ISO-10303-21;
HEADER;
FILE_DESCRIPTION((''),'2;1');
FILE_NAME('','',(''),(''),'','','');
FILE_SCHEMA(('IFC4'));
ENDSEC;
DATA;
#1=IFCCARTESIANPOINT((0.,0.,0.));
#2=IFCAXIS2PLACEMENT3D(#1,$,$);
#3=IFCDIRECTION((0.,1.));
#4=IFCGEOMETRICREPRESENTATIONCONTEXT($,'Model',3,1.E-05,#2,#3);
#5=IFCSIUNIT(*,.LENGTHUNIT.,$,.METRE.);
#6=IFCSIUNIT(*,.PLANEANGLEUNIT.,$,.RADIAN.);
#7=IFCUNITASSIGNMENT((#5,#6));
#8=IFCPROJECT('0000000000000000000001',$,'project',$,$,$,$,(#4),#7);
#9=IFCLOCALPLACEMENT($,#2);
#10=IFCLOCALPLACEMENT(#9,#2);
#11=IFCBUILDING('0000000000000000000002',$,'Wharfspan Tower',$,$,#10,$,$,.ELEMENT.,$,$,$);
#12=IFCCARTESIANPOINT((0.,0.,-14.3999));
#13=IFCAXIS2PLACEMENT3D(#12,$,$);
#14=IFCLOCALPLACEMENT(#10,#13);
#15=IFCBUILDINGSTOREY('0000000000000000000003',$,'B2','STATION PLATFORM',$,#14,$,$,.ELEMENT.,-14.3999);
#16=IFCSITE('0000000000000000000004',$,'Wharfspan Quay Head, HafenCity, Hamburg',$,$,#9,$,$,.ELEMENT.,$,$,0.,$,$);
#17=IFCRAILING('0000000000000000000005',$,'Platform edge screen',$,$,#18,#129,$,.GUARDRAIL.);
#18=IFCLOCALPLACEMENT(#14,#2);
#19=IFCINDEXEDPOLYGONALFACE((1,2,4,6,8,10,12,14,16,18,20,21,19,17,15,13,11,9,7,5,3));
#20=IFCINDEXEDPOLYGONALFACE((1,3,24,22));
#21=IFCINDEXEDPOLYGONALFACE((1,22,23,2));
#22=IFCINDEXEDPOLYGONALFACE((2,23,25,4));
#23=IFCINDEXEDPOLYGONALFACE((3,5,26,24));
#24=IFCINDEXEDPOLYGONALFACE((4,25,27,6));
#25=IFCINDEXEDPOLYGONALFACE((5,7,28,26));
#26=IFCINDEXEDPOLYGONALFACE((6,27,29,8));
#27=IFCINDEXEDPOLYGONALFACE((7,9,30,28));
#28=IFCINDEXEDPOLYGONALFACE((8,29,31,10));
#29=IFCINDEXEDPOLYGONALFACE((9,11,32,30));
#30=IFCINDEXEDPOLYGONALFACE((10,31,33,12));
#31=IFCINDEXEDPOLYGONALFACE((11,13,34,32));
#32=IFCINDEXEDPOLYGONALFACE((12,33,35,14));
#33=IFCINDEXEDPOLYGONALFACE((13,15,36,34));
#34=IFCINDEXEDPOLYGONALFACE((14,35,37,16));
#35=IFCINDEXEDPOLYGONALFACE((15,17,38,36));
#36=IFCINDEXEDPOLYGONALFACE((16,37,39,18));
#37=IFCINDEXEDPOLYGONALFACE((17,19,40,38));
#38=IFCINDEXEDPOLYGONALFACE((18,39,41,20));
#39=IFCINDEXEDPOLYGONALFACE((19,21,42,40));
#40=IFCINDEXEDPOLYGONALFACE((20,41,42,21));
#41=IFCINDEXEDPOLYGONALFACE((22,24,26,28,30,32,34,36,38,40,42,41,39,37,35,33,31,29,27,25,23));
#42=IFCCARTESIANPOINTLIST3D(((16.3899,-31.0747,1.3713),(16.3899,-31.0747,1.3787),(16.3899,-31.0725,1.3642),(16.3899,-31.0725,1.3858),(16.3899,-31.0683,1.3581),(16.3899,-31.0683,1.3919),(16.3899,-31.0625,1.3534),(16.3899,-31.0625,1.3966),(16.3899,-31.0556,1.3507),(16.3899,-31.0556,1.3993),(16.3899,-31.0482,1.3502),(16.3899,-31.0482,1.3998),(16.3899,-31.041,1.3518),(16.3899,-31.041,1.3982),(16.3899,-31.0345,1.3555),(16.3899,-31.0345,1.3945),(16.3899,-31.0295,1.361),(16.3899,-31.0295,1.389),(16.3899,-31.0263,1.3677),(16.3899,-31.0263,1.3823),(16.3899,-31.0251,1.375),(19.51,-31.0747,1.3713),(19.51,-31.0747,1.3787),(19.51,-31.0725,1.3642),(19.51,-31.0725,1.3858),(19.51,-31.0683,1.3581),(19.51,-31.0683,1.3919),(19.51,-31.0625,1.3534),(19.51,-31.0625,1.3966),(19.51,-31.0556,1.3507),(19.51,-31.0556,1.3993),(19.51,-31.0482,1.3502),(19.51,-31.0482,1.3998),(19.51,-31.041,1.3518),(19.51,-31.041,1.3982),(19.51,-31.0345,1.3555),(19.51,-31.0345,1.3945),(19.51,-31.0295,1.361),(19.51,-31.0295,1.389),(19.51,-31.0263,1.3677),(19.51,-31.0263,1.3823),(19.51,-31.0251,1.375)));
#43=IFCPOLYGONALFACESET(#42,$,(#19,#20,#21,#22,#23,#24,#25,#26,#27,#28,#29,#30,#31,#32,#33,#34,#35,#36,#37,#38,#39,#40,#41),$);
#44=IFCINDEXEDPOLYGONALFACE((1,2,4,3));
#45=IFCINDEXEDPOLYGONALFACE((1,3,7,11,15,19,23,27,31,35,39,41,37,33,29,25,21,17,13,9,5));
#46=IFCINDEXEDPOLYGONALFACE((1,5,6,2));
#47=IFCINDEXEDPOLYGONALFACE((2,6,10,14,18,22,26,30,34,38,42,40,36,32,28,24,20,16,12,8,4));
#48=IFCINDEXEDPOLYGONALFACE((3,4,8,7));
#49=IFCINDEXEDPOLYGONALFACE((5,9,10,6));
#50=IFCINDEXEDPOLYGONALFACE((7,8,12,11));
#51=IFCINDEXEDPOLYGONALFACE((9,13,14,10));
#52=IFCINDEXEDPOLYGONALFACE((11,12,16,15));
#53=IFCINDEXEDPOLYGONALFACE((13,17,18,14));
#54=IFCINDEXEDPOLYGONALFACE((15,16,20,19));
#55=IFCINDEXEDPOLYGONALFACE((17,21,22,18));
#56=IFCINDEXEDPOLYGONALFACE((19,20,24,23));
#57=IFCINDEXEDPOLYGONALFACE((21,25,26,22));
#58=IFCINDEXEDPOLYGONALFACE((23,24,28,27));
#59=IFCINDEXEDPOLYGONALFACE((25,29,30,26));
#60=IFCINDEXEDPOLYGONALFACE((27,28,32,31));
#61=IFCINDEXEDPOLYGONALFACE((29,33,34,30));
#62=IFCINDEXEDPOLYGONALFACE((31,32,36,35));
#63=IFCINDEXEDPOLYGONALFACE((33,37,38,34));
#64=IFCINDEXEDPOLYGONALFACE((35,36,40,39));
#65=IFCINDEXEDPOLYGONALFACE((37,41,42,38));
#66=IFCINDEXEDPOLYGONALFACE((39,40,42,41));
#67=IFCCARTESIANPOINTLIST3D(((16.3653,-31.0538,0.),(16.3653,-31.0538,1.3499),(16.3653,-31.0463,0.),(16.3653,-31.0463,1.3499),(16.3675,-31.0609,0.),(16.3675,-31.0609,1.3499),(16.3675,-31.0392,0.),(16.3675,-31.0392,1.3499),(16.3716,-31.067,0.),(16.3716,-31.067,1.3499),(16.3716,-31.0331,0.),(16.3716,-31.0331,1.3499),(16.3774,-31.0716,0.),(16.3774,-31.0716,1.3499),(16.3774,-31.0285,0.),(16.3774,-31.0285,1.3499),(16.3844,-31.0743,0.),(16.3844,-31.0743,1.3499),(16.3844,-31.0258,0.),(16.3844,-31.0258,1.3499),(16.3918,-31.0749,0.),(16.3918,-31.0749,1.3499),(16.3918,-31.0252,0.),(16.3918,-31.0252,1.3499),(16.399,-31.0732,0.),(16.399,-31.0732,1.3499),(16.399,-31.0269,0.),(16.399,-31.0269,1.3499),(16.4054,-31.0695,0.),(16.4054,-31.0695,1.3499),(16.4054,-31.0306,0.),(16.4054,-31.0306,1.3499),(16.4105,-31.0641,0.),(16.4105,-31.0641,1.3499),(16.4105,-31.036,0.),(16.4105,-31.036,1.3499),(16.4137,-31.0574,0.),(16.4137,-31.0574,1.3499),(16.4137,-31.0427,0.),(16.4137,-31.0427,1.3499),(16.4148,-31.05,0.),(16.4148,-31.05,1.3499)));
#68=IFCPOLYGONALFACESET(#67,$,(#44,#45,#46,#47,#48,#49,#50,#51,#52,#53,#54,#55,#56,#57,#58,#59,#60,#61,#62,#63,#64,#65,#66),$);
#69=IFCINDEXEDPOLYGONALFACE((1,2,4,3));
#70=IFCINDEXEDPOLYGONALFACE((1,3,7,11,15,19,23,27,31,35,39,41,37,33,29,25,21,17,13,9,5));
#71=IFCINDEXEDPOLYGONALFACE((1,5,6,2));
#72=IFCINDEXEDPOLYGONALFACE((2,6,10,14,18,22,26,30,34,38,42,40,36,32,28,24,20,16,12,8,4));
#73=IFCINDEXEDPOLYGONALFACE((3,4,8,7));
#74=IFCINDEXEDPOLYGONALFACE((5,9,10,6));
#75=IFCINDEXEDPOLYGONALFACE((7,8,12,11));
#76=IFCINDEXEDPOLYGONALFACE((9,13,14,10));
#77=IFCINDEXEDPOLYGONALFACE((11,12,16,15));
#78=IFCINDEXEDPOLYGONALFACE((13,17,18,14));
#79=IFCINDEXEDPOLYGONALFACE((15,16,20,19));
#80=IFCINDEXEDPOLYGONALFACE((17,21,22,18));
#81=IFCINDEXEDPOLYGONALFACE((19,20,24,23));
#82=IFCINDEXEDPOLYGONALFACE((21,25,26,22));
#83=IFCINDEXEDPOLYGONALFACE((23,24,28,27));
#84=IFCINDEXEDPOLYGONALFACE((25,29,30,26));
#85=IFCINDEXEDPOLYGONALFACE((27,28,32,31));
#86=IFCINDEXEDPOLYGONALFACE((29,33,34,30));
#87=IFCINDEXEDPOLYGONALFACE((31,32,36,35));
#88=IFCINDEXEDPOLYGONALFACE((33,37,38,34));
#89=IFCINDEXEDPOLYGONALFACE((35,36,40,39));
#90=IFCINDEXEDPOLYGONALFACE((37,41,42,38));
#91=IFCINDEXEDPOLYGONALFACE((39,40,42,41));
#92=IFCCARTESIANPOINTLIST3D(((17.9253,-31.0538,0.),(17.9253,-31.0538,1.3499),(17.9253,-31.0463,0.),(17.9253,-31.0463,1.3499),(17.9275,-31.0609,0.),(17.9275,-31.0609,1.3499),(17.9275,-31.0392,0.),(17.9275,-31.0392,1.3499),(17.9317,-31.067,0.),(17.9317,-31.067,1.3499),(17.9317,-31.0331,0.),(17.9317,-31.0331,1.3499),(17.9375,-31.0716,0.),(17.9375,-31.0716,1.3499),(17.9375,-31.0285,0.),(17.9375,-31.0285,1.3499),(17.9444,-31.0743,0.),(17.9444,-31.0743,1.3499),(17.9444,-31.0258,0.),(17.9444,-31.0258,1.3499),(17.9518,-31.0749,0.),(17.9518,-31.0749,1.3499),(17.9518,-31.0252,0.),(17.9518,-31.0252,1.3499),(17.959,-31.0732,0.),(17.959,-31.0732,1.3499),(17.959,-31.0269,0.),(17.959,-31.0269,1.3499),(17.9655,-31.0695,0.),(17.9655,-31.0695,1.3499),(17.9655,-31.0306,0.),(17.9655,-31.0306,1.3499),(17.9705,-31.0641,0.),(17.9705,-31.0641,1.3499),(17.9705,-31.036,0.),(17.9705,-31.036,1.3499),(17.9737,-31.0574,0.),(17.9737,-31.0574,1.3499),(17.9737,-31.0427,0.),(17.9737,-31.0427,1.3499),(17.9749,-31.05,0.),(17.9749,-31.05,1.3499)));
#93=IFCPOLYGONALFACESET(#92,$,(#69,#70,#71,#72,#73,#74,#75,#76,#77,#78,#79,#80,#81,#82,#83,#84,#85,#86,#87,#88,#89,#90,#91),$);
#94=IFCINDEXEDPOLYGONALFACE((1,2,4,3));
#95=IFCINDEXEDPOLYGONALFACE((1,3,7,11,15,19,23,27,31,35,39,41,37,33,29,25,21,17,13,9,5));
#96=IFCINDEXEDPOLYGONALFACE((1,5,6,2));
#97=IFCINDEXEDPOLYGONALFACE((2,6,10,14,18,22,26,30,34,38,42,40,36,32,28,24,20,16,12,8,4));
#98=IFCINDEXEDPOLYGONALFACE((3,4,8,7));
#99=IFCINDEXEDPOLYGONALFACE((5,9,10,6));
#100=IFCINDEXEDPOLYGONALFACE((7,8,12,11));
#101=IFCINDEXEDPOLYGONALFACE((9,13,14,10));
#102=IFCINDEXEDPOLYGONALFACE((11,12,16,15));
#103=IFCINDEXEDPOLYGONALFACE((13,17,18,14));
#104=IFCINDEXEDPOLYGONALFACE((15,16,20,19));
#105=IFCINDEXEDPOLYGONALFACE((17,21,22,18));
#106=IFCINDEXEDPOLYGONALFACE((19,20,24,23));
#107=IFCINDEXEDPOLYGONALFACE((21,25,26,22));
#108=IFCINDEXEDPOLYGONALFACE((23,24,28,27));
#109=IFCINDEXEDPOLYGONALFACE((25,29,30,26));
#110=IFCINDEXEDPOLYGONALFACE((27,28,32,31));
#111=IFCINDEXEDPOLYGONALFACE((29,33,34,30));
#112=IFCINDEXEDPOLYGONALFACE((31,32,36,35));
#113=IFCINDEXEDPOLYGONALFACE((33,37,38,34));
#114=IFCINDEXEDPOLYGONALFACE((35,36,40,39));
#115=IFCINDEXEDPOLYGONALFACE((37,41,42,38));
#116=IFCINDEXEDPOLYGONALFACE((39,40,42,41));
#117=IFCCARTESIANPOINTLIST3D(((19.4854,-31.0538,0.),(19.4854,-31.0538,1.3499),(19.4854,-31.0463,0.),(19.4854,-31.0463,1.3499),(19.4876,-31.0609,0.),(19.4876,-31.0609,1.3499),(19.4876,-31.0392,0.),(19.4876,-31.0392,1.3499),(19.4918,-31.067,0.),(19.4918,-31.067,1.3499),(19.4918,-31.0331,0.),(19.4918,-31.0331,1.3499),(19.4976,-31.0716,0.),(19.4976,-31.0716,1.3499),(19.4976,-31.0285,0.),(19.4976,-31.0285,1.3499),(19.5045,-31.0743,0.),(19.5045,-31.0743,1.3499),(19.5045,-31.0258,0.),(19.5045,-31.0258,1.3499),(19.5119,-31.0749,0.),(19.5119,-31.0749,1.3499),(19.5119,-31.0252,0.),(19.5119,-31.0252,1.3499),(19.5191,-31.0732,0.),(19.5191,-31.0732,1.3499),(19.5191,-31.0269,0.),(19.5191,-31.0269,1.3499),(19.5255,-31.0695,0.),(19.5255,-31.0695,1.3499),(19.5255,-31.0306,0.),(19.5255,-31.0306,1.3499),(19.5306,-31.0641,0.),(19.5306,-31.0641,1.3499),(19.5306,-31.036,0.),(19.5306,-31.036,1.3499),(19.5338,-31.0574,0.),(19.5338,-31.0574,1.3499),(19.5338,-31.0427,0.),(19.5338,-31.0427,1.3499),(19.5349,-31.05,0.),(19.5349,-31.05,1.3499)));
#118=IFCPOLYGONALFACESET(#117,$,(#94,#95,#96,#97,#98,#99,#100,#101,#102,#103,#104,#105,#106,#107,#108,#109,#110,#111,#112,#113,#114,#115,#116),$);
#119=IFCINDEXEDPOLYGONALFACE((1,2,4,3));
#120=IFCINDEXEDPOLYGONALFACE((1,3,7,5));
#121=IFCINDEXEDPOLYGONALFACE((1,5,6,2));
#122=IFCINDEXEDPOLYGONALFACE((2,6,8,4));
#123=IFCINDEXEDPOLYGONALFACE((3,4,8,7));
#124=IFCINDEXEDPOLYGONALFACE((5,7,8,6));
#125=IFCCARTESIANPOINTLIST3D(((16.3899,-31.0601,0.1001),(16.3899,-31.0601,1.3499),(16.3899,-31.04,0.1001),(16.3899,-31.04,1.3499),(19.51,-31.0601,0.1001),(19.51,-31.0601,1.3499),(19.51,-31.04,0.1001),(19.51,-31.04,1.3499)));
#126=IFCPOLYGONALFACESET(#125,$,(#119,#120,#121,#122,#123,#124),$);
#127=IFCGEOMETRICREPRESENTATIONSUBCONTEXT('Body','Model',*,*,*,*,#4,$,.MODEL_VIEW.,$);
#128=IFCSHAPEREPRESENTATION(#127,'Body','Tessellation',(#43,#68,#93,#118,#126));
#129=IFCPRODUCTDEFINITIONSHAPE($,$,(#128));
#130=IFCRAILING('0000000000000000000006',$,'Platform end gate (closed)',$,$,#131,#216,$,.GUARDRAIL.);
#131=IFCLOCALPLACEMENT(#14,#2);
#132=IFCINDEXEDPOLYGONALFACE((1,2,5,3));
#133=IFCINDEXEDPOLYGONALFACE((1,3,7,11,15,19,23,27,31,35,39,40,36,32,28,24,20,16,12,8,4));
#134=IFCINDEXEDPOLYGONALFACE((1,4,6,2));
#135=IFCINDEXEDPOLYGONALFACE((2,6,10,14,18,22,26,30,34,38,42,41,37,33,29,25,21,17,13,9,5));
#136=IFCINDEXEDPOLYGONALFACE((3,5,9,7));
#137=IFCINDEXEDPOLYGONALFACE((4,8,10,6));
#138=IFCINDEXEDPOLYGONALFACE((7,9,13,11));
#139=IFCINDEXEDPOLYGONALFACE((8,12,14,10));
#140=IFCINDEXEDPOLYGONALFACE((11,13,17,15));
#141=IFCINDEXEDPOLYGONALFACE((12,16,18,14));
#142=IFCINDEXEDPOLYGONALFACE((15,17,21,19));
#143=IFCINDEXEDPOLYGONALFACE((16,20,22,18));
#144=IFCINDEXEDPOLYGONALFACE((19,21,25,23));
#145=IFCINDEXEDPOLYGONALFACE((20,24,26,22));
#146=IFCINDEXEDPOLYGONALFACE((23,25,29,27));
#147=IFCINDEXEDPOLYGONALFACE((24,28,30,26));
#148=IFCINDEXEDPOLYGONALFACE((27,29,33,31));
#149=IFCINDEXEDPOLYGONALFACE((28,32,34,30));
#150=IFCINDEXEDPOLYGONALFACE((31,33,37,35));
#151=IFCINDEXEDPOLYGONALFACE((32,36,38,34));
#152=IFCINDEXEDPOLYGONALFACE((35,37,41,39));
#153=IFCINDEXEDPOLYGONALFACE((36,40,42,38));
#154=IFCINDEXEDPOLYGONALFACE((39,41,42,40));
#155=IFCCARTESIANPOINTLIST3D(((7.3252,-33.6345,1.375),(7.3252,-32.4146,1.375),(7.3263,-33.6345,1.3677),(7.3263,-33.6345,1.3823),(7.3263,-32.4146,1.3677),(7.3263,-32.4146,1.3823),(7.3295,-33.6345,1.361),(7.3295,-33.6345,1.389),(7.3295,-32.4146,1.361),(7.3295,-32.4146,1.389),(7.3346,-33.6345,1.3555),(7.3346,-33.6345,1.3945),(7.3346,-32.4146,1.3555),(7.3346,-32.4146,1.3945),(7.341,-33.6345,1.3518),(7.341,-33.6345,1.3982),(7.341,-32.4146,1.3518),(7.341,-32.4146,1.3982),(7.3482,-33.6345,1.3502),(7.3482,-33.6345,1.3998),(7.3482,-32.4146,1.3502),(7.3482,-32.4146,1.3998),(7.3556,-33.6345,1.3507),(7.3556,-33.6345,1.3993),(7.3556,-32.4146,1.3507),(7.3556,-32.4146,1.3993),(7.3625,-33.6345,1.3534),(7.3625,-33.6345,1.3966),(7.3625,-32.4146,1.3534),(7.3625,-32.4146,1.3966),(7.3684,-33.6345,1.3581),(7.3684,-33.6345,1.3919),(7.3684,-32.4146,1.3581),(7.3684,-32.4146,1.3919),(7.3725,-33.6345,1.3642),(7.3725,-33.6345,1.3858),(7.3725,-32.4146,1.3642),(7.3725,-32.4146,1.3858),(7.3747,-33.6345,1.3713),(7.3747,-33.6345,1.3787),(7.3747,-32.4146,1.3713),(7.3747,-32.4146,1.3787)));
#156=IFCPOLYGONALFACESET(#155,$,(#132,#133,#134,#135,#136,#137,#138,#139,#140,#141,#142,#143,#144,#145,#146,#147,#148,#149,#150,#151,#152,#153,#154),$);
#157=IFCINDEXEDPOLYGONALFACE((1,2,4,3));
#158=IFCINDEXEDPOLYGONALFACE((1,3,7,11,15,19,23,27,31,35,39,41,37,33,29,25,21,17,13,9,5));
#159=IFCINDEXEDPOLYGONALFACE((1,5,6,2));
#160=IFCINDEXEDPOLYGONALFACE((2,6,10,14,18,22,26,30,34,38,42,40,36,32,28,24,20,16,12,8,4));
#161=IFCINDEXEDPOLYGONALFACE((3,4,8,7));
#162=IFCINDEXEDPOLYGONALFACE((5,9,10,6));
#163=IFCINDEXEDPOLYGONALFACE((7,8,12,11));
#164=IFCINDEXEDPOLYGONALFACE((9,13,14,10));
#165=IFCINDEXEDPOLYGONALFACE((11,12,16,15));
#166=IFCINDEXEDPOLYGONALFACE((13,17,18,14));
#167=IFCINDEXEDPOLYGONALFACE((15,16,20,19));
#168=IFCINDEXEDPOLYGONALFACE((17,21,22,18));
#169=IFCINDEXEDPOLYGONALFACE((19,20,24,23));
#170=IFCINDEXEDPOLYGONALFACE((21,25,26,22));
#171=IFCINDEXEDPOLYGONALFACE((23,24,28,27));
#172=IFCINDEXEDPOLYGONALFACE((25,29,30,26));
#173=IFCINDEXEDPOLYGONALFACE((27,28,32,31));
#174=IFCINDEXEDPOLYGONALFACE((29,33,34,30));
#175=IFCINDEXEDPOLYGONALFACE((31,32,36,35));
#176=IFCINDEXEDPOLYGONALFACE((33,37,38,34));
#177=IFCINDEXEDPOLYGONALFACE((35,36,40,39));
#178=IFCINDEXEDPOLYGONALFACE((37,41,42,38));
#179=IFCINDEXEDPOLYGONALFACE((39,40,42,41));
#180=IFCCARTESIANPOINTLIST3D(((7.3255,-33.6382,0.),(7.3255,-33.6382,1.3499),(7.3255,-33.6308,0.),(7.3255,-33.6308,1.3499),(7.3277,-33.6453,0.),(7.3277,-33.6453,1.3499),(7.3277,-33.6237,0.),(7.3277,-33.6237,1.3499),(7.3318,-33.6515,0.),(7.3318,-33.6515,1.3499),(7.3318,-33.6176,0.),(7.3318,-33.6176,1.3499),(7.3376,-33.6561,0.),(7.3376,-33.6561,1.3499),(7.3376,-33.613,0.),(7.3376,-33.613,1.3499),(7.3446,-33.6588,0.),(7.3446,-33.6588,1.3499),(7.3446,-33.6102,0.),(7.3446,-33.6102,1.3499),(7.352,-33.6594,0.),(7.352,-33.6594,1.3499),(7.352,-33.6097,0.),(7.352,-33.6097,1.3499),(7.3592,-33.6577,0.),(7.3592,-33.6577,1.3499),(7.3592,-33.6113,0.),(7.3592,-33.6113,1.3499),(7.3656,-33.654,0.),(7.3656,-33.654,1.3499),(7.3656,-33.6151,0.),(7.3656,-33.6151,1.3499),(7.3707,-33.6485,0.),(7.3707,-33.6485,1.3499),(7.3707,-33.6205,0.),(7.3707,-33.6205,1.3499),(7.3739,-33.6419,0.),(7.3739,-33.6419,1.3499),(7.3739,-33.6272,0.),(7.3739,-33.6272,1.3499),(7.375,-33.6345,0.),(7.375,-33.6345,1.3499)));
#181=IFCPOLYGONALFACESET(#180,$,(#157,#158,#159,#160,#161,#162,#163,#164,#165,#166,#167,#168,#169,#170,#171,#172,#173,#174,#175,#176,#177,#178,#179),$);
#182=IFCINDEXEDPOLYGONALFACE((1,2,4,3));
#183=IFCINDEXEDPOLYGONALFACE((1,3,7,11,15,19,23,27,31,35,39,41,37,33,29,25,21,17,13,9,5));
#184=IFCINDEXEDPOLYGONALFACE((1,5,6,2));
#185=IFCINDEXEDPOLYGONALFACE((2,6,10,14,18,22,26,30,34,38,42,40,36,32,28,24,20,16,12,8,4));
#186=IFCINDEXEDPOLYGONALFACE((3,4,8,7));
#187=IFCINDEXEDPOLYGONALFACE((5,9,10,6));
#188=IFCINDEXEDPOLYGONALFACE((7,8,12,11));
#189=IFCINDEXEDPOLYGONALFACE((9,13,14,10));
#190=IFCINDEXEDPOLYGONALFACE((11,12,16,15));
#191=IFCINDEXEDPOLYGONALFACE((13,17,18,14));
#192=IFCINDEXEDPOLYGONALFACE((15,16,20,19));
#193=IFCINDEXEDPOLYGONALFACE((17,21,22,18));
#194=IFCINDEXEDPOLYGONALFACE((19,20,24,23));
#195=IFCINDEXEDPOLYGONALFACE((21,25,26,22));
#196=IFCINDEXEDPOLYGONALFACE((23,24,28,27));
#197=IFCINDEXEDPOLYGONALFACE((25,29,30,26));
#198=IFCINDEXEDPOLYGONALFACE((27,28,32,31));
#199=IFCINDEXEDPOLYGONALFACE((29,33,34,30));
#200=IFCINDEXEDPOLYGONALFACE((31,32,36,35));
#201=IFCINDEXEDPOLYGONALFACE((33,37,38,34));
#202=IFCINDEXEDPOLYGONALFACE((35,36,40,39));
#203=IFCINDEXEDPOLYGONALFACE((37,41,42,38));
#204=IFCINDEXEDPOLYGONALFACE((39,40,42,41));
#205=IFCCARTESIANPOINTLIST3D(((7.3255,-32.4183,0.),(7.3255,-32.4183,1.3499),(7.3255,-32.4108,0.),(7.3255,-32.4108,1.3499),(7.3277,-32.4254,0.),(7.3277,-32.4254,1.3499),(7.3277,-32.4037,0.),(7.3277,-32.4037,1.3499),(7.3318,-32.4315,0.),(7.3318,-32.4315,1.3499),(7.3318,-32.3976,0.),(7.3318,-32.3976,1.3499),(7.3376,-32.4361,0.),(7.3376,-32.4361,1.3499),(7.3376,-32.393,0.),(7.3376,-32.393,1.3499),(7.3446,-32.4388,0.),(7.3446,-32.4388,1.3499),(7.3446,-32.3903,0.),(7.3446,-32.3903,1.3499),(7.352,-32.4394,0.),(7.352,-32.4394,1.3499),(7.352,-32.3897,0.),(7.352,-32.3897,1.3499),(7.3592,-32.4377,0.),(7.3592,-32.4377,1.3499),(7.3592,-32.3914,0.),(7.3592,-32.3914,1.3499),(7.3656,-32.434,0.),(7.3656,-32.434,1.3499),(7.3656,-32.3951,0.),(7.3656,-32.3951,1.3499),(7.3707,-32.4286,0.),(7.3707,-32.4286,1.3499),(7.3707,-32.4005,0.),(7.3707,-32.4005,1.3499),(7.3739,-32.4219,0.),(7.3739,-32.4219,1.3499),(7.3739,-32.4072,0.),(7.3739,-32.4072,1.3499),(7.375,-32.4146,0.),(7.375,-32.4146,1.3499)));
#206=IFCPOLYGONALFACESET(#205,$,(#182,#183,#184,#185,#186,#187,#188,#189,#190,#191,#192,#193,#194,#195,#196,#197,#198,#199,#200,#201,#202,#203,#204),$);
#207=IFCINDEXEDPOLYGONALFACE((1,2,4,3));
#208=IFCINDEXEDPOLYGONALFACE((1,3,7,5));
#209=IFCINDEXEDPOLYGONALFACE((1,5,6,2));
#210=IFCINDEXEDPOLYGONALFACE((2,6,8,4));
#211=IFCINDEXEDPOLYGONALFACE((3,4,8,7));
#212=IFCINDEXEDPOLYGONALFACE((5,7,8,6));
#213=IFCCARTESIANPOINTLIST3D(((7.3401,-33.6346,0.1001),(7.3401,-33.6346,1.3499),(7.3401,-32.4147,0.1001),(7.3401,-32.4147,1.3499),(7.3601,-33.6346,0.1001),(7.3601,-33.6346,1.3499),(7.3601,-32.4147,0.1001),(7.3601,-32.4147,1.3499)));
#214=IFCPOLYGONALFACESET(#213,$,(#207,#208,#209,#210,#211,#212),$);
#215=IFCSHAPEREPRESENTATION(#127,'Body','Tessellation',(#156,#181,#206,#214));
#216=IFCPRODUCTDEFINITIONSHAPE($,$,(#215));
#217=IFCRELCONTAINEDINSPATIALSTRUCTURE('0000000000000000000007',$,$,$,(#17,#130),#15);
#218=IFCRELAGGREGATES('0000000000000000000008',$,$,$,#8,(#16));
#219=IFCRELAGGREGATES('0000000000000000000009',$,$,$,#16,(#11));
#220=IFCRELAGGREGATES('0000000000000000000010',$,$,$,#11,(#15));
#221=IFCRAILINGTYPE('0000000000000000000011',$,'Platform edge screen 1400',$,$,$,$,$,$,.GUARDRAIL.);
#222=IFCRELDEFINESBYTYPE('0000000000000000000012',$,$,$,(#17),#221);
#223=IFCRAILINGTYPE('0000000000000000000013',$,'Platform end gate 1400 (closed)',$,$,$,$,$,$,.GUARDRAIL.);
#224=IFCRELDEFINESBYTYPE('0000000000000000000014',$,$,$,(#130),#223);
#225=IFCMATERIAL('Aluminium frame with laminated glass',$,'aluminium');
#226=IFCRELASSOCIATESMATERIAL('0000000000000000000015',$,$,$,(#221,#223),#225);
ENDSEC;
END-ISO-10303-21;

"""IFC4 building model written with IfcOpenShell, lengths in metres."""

from ifc_helpers import new_model, si_unit, direction, frame, origin, origin_2d, place, context, subcontext, project, spatial, rectangle, circle, extrude, material, type_object, element, save


model = new_model("IFC4")

# Units and contexts
model_context = context("Model", 3, precision=1e-05, world=origin(), true_north=direction((0.0, 1.0)))
body_context = subcontext(model_context, "Body", "Model", "MODEL_VIEW")
ifc_project = project(units=[si_unit("LENGTHUNIT", "METRE"), si_unit("PLANEANGLEUNIT", "RADIAN")], contexts=[model_context])

# Site, building, storey
site_placement = place(None, origin())
site = spatial("IfcSite", under=ifc_project, at=site_placement, Name="Wharfspan Quay Head, HafenCity, Hamburg", CompositionType="ELEMENT", RefElevation=0.0)
building_placement = place(site_placement, origin())
building = spatial("IfcBuilding", under=site, at=building_placement, Name="Wharfspan Tower", CompositionType="ELEMENT")
storey_placement = place(building_placement, frame((0.0, 0.0, -14.3999)))
storey = spatial("IfcBuildingStorey", under=building, at=storey_placement, Name="B2", Description="STATION PLATFORM", CompositionType="ELEMENT", Elevation=-14.3999)

# Railings
ifc_material_1 = material(Name="Aluminium frame with laminated glass", Category="aluminium")
railing_type_1 = type_object("IfcRailingType", Name="Platform edge screen 1400", PredefinedType="GUARDRAIL", material=ifc_material_1)
for number, where, name in (
    (1, (16.3899, -31.05, 0.0), "Platform edge screen"),
):
    element("IfcRailing", number, at=place(storey_placement, frame(where)), inside=storey, type_object=railing_type_1, Name=name, PredefinedType="GUARDRAIL", context=body_context, shape_type="SweptSolid", body=[
        extrude(circle(Radius=0.0249, at=origin_2d()), frame((0.0, 0.0, 1.375), z_axis=(1.0, 0.0, 0.0), x_axis=(0.0, 1.0, 0.0)), (0.0, 0.0, 1.0), 3.1201),
        extrude(circle(Radius=0.0249, at=origin_2d()), origin(), (0.0, 0.0, 1.0), 1.3499),
        extrude(circle(Radius=0.0249, at=origin_2d()), frame((1.5601, 0.0, 0.0)), (0.0, 0.0, 1.0), 1.3499),
        extrude(circle(Radius=0.0249, at=origin_2d()), frame((3.1201, 0.0, 0.0)), (0.0, 0.0, 1.0), 1.3499),
        extrude(rectangle(XDim=3.1201, YDim=0.02, at=origin_2d()), frame((1.5601, 0.0, 0.1001), z_axis=(0.0, 0.0, 1.0), x_axis=(1.0, 0.0, 0.0)), (0.0, 0.0, 1.0), 1.2498),
    ])
railing_type_2 = type_object("IfcRailingType", Name="Platform end gate 1400 (closed)", PredefinedType="GUARDRAIL", material=ifc_material_1)
railing_1_placement = place(storey_placement, frame((7.3501, -33.6345, 0.0)))
element("IfcRailing", 2, at=railing_1_placement, inside=storey, type_object=railing_type_2, Name="Platform end gate (closed)", PredefinedType="GUARDRAIL", context=body_context, shape_type="SweptSolid", body=[
    extrude(circle(Radius=0.0249, at=origin_2d()), frame((0.0, 0.0, 1.375), z_axis=(0.0, 1.0, 0.0), x_axis=(-1.0, 0.0, 0.0)), (0.0, 0.0, 1.0), 1.22),
    extrude(circle(Radius=0.0249, at=origin_2d()), origin(), (0.0, 0.0, 1.0), 1.3499),
    extrude(circle(Radius=0.0249, at=origin_2d()), frame((0.0, 1.22, 0.0)), (0.0, 0.0, 1.0), 1.3499),
    extrude(rectangle(XDim=1.22, YDim=0.02, at=origin_2d()), frame((0.0, 0.6099, 0.1001), z_axis=(0.0, 0.0, 1.0), x_axis=(0.0, 1.0, 0.0)), (0.0, 0.0, 1.0), 1.2498),
])

save(model, "model.ifc")
